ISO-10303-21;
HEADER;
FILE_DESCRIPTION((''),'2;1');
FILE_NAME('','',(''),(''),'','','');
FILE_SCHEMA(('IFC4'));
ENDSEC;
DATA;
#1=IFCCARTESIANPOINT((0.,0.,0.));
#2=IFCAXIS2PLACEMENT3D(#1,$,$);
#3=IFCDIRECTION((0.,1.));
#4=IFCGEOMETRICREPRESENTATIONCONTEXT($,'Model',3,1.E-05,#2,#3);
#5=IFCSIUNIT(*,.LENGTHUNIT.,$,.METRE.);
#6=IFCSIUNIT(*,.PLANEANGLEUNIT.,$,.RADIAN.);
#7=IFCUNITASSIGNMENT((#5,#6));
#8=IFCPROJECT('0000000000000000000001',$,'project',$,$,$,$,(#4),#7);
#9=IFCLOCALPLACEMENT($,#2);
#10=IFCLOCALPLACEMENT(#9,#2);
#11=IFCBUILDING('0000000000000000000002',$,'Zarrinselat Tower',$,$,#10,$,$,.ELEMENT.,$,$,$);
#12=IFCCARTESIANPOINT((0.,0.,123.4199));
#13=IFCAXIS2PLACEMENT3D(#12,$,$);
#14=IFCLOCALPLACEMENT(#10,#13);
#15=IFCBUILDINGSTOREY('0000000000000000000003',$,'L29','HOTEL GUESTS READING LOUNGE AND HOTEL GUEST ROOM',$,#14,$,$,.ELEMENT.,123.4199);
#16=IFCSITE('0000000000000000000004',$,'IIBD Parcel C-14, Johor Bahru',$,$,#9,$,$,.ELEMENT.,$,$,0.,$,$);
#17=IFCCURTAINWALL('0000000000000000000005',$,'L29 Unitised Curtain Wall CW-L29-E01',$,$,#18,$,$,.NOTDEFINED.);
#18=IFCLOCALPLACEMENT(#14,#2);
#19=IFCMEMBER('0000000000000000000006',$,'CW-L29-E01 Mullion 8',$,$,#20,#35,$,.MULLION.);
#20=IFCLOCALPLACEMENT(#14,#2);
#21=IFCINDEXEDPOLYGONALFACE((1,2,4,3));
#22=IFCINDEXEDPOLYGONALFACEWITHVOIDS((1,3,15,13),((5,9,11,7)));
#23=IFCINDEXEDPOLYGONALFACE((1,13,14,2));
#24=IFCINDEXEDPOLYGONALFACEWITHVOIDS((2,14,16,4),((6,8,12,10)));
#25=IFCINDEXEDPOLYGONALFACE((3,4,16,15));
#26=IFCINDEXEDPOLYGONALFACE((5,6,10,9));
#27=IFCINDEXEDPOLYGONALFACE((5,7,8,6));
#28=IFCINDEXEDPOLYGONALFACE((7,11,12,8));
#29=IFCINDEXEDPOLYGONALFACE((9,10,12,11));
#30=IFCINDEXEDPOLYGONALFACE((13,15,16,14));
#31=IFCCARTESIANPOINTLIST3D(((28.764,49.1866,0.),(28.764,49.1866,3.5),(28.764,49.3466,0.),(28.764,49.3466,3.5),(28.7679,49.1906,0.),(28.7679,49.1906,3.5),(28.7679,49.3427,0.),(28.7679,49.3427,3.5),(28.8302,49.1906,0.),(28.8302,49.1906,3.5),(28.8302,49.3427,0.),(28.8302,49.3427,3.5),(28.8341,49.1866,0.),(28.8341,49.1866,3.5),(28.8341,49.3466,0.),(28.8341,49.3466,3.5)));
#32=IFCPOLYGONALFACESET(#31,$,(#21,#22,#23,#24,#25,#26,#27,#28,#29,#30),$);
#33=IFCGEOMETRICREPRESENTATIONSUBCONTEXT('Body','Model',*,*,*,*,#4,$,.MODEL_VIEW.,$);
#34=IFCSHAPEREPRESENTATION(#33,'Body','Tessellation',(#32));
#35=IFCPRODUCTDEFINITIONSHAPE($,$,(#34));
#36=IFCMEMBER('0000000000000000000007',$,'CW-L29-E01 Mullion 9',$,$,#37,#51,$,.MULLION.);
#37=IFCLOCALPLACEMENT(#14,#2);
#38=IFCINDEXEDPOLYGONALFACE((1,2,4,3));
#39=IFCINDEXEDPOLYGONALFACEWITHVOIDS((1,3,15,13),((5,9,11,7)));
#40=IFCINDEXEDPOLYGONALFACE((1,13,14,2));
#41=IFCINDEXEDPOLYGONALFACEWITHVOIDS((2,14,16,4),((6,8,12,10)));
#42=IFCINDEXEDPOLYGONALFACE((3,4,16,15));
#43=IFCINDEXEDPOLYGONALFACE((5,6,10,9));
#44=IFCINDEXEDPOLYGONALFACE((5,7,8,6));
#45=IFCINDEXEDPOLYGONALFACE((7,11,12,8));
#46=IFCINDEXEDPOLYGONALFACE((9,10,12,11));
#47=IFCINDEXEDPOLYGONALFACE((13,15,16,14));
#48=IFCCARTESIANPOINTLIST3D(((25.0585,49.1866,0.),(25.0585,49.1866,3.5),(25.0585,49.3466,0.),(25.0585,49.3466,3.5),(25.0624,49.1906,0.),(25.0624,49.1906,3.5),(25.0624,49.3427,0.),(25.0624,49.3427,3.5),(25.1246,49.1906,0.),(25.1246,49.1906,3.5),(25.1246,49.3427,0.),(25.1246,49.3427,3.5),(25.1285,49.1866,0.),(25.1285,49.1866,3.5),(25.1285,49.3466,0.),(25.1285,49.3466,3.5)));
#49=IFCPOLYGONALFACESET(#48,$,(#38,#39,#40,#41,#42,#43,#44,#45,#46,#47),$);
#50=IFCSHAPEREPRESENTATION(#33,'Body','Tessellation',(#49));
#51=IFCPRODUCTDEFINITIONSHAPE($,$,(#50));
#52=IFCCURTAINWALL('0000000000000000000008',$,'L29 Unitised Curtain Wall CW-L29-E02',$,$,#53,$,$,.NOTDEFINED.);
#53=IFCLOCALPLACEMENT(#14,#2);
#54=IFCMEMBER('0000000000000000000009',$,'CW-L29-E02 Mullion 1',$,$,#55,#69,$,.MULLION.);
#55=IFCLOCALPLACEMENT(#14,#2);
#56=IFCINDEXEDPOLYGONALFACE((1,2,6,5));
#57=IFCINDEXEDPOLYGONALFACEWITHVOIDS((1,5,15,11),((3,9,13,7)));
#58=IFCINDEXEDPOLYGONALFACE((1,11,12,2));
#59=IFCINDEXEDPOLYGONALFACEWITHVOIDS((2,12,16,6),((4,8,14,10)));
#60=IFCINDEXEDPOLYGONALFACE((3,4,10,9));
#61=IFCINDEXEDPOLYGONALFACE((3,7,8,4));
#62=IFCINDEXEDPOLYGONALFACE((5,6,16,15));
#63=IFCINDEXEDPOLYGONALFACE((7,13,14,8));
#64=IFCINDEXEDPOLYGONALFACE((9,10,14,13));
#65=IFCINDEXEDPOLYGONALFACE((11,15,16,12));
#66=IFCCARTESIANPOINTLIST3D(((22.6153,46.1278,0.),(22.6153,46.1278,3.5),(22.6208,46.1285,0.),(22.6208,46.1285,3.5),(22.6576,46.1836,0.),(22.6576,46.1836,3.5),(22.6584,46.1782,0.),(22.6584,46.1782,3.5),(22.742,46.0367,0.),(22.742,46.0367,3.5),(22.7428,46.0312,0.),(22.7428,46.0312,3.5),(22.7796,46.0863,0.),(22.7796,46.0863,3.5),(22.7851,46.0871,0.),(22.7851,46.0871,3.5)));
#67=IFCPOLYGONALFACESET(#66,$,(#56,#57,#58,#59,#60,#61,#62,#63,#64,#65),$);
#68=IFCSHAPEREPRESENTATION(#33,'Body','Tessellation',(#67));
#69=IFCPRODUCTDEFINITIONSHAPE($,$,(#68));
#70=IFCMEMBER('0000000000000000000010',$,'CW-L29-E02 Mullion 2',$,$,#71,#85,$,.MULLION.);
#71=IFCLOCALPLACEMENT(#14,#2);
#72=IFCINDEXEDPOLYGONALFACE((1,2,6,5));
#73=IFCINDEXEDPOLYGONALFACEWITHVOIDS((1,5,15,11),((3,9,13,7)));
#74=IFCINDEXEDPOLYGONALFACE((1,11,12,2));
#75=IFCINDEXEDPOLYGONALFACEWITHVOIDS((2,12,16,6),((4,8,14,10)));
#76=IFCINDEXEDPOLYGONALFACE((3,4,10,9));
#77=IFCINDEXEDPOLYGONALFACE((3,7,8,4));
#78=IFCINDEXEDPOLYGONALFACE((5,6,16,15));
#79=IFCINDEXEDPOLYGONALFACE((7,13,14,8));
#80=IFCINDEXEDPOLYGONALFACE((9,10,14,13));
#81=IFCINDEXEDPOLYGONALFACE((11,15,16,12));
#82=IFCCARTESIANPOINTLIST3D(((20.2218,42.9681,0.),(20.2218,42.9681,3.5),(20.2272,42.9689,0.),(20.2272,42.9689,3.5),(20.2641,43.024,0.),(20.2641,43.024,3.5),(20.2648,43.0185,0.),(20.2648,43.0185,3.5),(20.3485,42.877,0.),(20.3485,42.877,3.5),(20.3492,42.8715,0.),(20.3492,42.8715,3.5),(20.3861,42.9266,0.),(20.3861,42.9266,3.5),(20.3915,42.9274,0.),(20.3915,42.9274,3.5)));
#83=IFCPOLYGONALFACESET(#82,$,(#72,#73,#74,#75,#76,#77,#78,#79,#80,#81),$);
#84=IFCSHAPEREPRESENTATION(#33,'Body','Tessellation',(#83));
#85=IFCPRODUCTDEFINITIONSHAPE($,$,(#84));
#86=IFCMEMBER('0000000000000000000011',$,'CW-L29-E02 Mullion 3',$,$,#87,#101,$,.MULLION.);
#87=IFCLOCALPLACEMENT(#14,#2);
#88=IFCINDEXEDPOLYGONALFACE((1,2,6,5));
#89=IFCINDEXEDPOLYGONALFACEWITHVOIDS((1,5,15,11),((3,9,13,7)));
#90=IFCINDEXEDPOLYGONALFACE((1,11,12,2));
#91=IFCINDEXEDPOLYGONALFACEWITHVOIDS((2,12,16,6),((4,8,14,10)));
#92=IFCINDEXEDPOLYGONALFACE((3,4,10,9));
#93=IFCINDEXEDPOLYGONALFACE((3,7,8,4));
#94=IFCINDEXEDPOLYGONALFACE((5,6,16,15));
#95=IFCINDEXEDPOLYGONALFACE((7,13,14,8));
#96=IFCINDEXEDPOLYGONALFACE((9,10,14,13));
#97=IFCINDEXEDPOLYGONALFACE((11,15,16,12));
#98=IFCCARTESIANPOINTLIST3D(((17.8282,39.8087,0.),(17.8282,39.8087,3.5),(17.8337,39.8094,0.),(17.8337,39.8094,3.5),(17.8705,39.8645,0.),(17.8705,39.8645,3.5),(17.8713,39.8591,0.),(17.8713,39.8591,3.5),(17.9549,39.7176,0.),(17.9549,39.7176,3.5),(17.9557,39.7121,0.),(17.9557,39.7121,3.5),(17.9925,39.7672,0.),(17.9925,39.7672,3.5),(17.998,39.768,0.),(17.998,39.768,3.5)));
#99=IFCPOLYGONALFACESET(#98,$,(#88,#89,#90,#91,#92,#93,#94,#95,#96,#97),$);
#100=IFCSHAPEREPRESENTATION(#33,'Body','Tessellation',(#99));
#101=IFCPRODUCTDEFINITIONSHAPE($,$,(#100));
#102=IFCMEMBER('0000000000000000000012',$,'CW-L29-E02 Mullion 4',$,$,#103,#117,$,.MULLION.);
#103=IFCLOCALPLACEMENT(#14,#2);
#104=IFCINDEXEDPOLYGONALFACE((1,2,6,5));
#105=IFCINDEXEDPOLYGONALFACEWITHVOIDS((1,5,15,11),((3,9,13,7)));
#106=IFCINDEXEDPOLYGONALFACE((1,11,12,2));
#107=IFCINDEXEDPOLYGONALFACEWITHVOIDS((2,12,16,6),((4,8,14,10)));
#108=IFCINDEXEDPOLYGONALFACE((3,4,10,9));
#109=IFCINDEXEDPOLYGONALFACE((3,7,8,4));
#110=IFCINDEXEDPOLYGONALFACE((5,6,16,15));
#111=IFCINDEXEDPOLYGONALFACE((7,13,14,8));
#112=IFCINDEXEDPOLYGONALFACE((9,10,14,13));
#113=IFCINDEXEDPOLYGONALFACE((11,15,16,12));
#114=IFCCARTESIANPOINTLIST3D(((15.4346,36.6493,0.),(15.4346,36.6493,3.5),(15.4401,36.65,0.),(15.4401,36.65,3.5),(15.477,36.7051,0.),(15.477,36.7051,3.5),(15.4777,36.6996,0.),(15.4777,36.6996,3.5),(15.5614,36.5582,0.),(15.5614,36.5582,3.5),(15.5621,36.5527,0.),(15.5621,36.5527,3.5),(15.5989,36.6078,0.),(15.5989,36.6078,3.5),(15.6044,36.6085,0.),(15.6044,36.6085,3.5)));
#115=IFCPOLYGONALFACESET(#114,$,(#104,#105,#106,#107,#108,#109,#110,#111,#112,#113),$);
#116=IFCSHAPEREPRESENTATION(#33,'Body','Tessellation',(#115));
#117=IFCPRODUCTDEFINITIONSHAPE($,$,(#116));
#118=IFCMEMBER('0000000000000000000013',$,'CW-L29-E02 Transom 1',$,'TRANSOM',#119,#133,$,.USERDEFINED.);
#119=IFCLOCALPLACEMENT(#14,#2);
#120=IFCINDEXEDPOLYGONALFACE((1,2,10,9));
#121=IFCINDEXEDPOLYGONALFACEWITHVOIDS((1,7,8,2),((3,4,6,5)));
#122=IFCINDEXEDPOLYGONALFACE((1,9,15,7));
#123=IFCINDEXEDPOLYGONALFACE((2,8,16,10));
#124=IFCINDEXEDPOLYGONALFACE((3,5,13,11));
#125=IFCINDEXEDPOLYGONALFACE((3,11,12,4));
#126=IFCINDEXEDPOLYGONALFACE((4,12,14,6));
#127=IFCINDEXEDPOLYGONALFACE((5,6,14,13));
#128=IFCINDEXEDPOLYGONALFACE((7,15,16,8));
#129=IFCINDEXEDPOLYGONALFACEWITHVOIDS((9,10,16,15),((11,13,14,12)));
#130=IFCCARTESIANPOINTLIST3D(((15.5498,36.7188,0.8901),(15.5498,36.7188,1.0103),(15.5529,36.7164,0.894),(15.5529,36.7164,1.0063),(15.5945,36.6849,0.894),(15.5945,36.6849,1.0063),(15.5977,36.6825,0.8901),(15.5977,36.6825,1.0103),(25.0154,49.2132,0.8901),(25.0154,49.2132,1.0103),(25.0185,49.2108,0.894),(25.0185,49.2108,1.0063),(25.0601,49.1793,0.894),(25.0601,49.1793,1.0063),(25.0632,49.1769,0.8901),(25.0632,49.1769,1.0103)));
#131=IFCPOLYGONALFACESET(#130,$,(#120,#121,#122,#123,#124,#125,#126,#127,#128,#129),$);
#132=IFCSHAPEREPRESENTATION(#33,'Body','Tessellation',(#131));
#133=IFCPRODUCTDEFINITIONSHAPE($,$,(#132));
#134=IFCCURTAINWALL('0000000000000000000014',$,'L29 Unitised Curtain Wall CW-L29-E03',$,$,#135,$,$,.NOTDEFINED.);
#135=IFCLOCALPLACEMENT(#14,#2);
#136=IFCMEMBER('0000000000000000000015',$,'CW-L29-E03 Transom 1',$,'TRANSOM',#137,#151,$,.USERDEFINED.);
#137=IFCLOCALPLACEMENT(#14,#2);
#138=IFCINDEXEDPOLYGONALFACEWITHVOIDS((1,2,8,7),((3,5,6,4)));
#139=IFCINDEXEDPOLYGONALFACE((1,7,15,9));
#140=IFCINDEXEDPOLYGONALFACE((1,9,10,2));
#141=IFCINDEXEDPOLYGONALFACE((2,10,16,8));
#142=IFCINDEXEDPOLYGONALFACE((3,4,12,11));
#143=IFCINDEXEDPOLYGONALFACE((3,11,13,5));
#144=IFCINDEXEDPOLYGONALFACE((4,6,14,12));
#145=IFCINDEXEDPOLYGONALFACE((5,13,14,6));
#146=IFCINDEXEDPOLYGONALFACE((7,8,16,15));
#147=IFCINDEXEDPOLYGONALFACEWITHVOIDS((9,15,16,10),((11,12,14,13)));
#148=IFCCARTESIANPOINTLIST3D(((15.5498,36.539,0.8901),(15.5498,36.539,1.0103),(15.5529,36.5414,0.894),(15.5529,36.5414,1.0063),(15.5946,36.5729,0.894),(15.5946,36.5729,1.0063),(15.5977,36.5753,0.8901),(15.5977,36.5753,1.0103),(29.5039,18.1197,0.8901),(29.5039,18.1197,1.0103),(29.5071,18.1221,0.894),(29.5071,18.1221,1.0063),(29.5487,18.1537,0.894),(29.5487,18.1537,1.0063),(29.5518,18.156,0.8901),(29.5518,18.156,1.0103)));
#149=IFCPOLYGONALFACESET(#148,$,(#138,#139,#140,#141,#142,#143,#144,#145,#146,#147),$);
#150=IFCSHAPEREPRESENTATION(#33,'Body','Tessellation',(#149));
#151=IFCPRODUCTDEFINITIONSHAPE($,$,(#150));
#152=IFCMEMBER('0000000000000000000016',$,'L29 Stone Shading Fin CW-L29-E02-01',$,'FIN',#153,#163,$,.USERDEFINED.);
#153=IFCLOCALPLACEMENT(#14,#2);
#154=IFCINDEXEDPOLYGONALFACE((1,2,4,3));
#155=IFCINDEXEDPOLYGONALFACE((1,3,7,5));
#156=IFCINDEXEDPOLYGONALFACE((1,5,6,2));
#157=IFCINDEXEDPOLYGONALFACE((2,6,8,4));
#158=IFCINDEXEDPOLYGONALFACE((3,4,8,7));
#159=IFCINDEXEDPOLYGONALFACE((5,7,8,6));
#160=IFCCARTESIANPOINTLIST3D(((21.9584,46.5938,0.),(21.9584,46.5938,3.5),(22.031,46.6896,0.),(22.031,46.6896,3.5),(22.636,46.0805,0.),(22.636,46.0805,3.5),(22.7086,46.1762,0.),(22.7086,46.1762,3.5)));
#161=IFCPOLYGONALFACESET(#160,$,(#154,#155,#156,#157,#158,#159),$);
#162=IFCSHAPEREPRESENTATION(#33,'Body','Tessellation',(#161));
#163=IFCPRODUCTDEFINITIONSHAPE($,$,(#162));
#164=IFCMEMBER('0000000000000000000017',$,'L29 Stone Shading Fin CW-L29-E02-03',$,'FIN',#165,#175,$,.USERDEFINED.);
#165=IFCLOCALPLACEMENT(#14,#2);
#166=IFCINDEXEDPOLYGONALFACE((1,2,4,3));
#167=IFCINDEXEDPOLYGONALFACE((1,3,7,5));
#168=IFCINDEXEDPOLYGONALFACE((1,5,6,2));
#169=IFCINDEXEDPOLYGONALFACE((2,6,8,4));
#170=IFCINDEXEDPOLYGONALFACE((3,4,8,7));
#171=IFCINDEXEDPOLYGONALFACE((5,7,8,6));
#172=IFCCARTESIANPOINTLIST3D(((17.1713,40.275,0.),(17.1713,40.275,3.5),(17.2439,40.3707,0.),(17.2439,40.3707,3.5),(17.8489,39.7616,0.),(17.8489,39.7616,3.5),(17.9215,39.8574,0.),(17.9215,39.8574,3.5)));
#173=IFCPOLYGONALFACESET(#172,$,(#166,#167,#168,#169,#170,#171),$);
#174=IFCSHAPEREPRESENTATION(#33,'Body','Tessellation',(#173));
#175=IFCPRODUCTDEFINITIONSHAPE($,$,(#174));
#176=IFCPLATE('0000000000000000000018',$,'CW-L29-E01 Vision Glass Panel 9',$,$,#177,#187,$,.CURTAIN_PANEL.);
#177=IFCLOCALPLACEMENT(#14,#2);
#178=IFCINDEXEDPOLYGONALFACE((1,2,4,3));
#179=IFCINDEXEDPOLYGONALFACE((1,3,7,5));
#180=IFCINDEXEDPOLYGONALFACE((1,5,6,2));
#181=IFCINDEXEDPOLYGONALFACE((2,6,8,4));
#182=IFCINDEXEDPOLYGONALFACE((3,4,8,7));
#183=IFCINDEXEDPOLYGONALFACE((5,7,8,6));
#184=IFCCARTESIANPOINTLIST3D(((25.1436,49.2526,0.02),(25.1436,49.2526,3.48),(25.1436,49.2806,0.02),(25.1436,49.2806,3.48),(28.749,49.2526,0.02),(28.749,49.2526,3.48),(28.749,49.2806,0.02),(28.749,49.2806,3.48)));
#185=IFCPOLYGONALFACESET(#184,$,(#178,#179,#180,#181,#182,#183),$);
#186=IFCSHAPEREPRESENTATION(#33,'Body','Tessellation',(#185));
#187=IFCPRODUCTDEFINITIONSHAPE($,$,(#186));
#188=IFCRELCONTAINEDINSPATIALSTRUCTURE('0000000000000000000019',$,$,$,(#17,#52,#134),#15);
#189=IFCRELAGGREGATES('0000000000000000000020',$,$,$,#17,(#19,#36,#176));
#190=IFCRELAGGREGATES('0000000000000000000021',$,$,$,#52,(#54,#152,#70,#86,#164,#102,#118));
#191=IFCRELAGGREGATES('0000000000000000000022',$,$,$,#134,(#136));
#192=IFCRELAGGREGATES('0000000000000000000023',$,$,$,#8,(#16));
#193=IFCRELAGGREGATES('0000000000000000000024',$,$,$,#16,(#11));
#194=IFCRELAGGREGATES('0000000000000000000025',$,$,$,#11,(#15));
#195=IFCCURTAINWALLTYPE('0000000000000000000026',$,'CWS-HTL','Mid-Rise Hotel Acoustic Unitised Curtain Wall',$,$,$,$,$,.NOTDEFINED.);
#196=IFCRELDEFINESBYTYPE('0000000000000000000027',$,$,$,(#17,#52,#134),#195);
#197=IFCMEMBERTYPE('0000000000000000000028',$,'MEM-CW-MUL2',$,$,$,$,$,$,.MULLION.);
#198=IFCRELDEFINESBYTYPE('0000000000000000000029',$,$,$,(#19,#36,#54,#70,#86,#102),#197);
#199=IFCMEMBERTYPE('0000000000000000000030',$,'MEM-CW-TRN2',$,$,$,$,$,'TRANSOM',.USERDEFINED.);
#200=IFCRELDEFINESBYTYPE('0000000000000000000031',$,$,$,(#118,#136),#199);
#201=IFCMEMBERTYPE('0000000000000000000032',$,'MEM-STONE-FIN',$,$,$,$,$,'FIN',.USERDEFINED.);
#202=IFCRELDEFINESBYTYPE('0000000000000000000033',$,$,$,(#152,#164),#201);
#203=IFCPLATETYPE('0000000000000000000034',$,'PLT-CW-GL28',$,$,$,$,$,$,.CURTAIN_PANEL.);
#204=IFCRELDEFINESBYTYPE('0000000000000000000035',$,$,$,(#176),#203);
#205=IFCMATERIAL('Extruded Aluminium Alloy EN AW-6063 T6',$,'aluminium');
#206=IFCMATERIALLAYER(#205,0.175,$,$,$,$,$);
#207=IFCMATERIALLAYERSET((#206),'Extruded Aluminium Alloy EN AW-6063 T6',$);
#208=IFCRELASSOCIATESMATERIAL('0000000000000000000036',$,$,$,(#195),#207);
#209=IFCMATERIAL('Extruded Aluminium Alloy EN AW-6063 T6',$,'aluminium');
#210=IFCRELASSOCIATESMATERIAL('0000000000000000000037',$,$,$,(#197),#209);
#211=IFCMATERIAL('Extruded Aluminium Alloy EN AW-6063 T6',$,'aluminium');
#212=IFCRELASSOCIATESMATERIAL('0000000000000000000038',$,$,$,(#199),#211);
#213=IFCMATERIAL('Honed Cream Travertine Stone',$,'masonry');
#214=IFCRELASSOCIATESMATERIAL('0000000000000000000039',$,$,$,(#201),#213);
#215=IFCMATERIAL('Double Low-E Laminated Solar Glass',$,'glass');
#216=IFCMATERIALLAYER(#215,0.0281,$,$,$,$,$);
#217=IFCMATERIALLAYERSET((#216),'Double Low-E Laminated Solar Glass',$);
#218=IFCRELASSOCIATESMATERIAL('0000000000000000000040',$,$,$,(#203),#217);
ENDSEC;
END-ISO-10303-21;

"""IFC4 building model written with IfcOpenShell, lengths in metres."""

from ifc_helpers import new_model, si_unit, direction, frame, origin, origin_2d, place, context, subcontext, project, spatial, rectangle, hollow_rectangle, extrude, material, layer, layer_set, material_profile, profile_set, type_object, element, aggregate, save


model = new_model("IFC4")

# Units and contexts
model_context = context("Model", 3, precision=1e-05, world=origin(), true_north=direction((0.0, 1.0)))
body_context = subcontext(model_context, "Body", "Model", "MODEL_VIEW")
ifc_project = project(units=[si_unit("LENGTHUNIT", "METRE"), si_unit("PLANEANGLEUNIT", "RADIAN")], contexts=[model_context])

# Site, building, storey
site_placement = place(None, origin())
site = spatial("IfcSite", under=ifc_project, at=site_placement, Name="IIBD Parcel C-14, Johor Bahru", CompositionType="ELEMENT", RefElevation=0.0)
building_placement = place(site_placement, origin())
building = spatial("IfcBuilding", under=site, at=building_placement, Name="Zarrinselat Tower", CompositionType="ELEMENT")
storey_placement = place(building_placement, frame((0.0, 0.0, 123.4199)))
storey = spatial("IfcBuildingStorey", under=building, at=storey_placement, Name="L29", Description="HOTEL GUESTS READING LOUNGE AND HOTEL GUEST ROOM", CompositionType="ELEMENT", Elevation=123.4199)

# Curtain walls, members
ifc_material_1 = material(Name="Extruded Aluminium Alloy EN AW-6063 T6", Category="aluminium")
ifc_layer_1 = layer(ifc_material_1, 0.175)
ifc_layer_set_1 = layer_set([ifc_layer_1], Name="Extruded Aluminium Alloy EN AW-6063 T6")
curtain_wall_type = type_object("IfcCurtainWallType", Name="CWS-HTL", Description="Mid-Rise Hotel Acoustic Unitised Curtain Wall", PredefinedType="NOTDEFINED", material=ifc_layer_set_1)
curtain_wall_1_placement = place(storey_placement, origin())
curtain_wall_1 = element("IfcCurtainWall", 1, at=curtain_wall_1_placement, inside=storey, type_object=curtain_wall_type, Name="L29 Unitised Curtain Wall CW-L29-E01", PredefinedType="NOTDEFINED")
ifc_material_2 = material(Name="Extruded Aluminium Alloy EN AW-6063 T6", Category="aluminium")
ifc_material_profile_1 = material_profile(ifc_material_2, hollow_rectangle(XDim=0.0701, YDim=0.1599, WallThickness=0.0039, at=origin_2d()), Name="RHS 160x70x4")
ifc_profile_set_1 = profile_set([ifc_material_profile_1], Name="Extruded Aluminium Alloy EN AW-6063 T6")
member_type_1 = type_object("IfcMemberType", Name="MEM-CW-MUL2", PredefinedType="MULLION", material=ifc_profile_set_1)
member_1_placement = place(storey_placement, frame((28.7991, 49.2666, 0.0), z_axis=(0.0, 0.0, 1.0), x_axis=(-1.0, 0.0, 0.0)))
member_1 = element("IfcMember", 2, at=member_1_placement, type_object=member_type_1, Name="CW-L29-E01 Mullion 8", PredefinedType="MULLION", context=body_context, shape_type="SweptSolid", body=[
    extrude(hollow_rectangle(XDim=0.0701, YDim=0.1599, WallThickness=0.0039, at=origin_2d()), origin(), (0.0, 0.0, 1.0), 3.5),
])
member_2_placement = place(storey_placement, frame((25.0935, 49.2666, 0.0), z_axis=(0.0, 0.0, 1.0), x_axis=(-1.0, 0.0, 0.0)))
member_2 = element("IfcMember", 3, at=member_2_placement, type_object=member_type_1, Name="CW-L29-E01 Mullion 9", PredefinedType="MULLION", context=body_context, shape_type="SweptSolid", body=[
    extrude(hollow_rectangle(XDim=0.0701, YDim=0.1599, WallThickness=0.0039, at=origin_2d()), origin(), (0.0, 0.0, 1.0), 3.5),
])
curtain_wall_2_placement = place(storey_placement, origin())
curtain_wall_2 = element("IfcCurtainWall", 4, at=curtain_wall_2_placement, inside=storey, type_object=curtain_wall_type, Name="L29 Unitised Curtain Wall CW-L29-E02", PredefinedType="NOTDEFINED")
member_3_placement = place(storey_placement, frame((22.7002, 46.1074, 0.0), z_axis=(0.0, 0.0, 1.0), x_axis=(-0.603858, -0.797092, 0.0)))
member_3 = element("IfcMember", 5, at=member_3_placement, type_object=member_type_1, Name="CW-L29-E02 Mullion 1", PredefinedType="MULLION", context=body_context, shape_type="SweptSolid", body=[
    extrude(hollow_rectangle(XDim=0.0701, YDim=0.1599, WallThickness=0.0039, at=origin_2d()), origin(), (0.0, 0.0, 1.0), 3.5),
])
member_4_placement = place(storey_placement, frame((20.3066, 42.9478, 0.0), z_axis=(0.0, 0.0, 1.0), x_axis=(-0.603858, -0.797092, 0.0)))
member_4 = element("IfcMember", 6, at=member_4_placement, type_object=member_type_1, Name="CW-L29-E02 Mullion 2", PredefinedType="MULLION", context=body_context, shape_type="SweptSolid", body=[
    extrude(hollow_rectangle(XDim=0.0701, YDim=0.1599, WallThickness=0.0039, at=origin_2d()), origin(), (0.0, 0.0, 1.0), 3.5),
])
member_5_placement = place(storey_placement, frame((17.9131, 39.7883, 0.0), z_axis=(0.0, 0.0, 1.0), x_axis=(-0.603858, -0.797092, 0.0)))
member_5 = element("IfcMember", 7, at=member_5_placement, type_object=member_type_1, Name="CW-L29-E02 Mullion 3", PredefinedType="MULLION", context=body_context, shape_type="SweptSolid", body=[
    extrude(hollow_rectangle(XDim=0.0701, YDim=0.1599, WallThickness=0.0039, at=origin_2d()), origin(), (0.0, 0.0, 1.0), 3.5),
])
member_6_placement = place(storey_placement, frame((15.5195, 36.6289, 0.0), z_axis=(0.0, 0.0, 1.0), x_axis=(-0.603858, -0.797092, 0.0)))
member_6 = element("IfcMember", 8, at=member_6_placement, type_object=member_type_1, Name="CW-L29-E02 Mullion 4", PredefinedType="MULLION", context=body_context, shape_type="SweptSolid", body=[
    extrude(hollow_rectangle(XDim=0.0701, YDim=0.1599, WallThickness=0.0039, at=origin_2d()), origin(), (0.0, 0.0, 1.0), 3.5),
])
ifc_material_3 = material(Name="Extruded Aluminium Alloy EN AW-6063 T6", Category="aluminium")
ifc_material_profile_2 = material_profile(ifc_material_3, hollow_rectangle(XDim=0.0601, YDim=0.1201, WallThickness=0.0039, at=origin_2d()), Name="RHS 120x60x4")
ifc_profile_set_2 = profile_set([ifc_material_profile_2], Name="Extruded Aluminium Alloy EN AW-6063 T6")
member_type_2 = type_object("IfcMemberType", Name="MEM-CW-TRN2", ElementType="TRANSOM", PredefinedType="USERDEFINED", material=ifc_profile_set_2)
member_7_placement = place(storey_placement, frame((25.0393, 49.1951, 0.9502), z_axis=(-0.603863, -0.797088, 0.0), x_axis=(0.797088, -0.603863, 0.0)))
member_7 = element("IfcMember", 9, at=member_7_placement, type_object=member_type_2, Name="CW-L29-E02 Transom 1", ObjectType="TRANSOM", PredefinedType="USERDEFINED", context=body_context, shape_type="SweptSolid", body=[
    extrude(hollow_rectangle(XDim=0.0601, YDim=0.1201, WallThickness=0.0039, at=origin_2d()), origin(), (0.0, 0.0, 1.0), 15.675),
])

# Curtain wall, member
curtain_wall_3_placement = place(storey_placement, origin())
curtain_wall_3 = element("IfcCurtainWall", 10, at=curtain_wall_3_placement, inside=storey, type_object=curtain_wall_type, Name="L29 Unitised Curtain Wall CW-L29-E03", PredefinedType="NOTDEFINED")
member_8_placement = place(storey_placement, frame((15.5737, 36.5571, 0.9502), z_axis=(0.603862, -0.797089, 0.0), x_axis=(0.797089, 0.603862, 0.0)))
member_8 = element("IfcMember", 11, at=member_8_placement, type_object=member_type_2, Name="CW-L29-E03 Transom 1", ObjectType="TRANSOM", PredefinedType="USERDEFINED", context=body_context, shape_type="SweptSolid", body=[
    extrude(hollow_rectangle(XDim=0.0601, YDim=0.1201, WallThickness=0.0039, at=origin_2d()), origin(), (0.0, 0.0, 1.0), 23.1082),
])

# Members
ifc_material_4 = material(Name="Honed Cream Travertine Stone", Category="masonry")
ifc_material_profile_3 = material_profile(ifc_material_4, rectangle(XDim=0.1201, YDim=0.8501, at=origin_2d()), Name="FIN 850x120")
ifc_profile_set_3 = profile_set([ifc_material_profile_3], Name="Honed Cream Travertine Stone")
member_type_3 = type_object("IfcMemberType", Name="MEM-STONE-FIN", ElementType="FIN", PredefinedType="USERDEFINED", material=ifc_profile_set_3)
member_9_placement = place(storey_placement, frame((22.3335, 46.385, 0.0), z_axis=(0.0, 0.0, 1.0), x_axis=(0.603858, 0.797092, 0.0)))
member_9 = element("IfcMember", 12, at=member_9_placement, type_object=member_type_3, Name="L29 Stone Shading Fin CW-L29-E02-01", ObjectType="FIN", PredefinedType="USERDEFINED", context=body_context, shape_type="SweptSolid", body=[
    extrude(rectangle(XDim=0.1201, YDim=0.8501, at=origin_2d()), origin(), (0.0, 0.0, 1.0), 3.5),
])
member_10_placement = place(storey_placement, frame((17.5464, 40.0662, 0.0), z_axis=(0.0, 0.0, 1.0), x_axis=(0.603858, 0.797092, 0.0)))
member_10 = element("IfcMember", 13, at=member_10_placement, type_object=member_type_3, Name="L29 Stone Shading Fin CW-L29-E02-03", ObjectType="FIN", PredefinedType="USERDEFINED", context=body_context, shape_type="SweptSolid", body=[
    extrude(rectangle(XDim=0.1201, YDim=0.8501, at=origin_2d()), origin(), (0.0, 0.0, 1.0), 3.5),
])

# Plate
ifc_material_5 = material(Name="Double Low-E Laminated Solar Glass", Category="glass")
ifc_layer_2 = layer(ifc_material_5, 0.0281)
ifc_layer_set_2 = layer_set([ifc_layer_2], Name="Double Low-E Laminated Solar Glass")
plate_type = type_object("IfcPlateType", Name="PLT-CW-GL28", PredefinedType="CURTAIN_PANEL", material=ifc_layer_set_2)
plate_1_placement = place(storey_placement, frame((26.9463, 49.2666, 0.02), z_axis=(0.0, 0.0, 1.0), x_axis=(-1.0, 0.0, 0.0)))
plate_1 = element("IfcPlate", 14, at=plate_1_placement, type_object=plate_type, Name="CW-L29-E01 Vision Glass Panel 9", PredefinedType="CURTAIN_PANEL", context=body_context, shape_type="SweptSolid", body=[
    extrude(rectangle(XDim=3.6055, YDim=0.0281, at=origin_2d()), origin(), (0.0, 0.0, 1.0), 3.46),
])
aggregate(curtain_wall_1, [member_1, member_2, plate_1])
aggregate(curtain_wall_2, [member_3, member_9, member_4, member_5, member_10, member_6, member_7])
aggregate(curtain_wall_3, [member_8])

save(model, "model.ifc")
